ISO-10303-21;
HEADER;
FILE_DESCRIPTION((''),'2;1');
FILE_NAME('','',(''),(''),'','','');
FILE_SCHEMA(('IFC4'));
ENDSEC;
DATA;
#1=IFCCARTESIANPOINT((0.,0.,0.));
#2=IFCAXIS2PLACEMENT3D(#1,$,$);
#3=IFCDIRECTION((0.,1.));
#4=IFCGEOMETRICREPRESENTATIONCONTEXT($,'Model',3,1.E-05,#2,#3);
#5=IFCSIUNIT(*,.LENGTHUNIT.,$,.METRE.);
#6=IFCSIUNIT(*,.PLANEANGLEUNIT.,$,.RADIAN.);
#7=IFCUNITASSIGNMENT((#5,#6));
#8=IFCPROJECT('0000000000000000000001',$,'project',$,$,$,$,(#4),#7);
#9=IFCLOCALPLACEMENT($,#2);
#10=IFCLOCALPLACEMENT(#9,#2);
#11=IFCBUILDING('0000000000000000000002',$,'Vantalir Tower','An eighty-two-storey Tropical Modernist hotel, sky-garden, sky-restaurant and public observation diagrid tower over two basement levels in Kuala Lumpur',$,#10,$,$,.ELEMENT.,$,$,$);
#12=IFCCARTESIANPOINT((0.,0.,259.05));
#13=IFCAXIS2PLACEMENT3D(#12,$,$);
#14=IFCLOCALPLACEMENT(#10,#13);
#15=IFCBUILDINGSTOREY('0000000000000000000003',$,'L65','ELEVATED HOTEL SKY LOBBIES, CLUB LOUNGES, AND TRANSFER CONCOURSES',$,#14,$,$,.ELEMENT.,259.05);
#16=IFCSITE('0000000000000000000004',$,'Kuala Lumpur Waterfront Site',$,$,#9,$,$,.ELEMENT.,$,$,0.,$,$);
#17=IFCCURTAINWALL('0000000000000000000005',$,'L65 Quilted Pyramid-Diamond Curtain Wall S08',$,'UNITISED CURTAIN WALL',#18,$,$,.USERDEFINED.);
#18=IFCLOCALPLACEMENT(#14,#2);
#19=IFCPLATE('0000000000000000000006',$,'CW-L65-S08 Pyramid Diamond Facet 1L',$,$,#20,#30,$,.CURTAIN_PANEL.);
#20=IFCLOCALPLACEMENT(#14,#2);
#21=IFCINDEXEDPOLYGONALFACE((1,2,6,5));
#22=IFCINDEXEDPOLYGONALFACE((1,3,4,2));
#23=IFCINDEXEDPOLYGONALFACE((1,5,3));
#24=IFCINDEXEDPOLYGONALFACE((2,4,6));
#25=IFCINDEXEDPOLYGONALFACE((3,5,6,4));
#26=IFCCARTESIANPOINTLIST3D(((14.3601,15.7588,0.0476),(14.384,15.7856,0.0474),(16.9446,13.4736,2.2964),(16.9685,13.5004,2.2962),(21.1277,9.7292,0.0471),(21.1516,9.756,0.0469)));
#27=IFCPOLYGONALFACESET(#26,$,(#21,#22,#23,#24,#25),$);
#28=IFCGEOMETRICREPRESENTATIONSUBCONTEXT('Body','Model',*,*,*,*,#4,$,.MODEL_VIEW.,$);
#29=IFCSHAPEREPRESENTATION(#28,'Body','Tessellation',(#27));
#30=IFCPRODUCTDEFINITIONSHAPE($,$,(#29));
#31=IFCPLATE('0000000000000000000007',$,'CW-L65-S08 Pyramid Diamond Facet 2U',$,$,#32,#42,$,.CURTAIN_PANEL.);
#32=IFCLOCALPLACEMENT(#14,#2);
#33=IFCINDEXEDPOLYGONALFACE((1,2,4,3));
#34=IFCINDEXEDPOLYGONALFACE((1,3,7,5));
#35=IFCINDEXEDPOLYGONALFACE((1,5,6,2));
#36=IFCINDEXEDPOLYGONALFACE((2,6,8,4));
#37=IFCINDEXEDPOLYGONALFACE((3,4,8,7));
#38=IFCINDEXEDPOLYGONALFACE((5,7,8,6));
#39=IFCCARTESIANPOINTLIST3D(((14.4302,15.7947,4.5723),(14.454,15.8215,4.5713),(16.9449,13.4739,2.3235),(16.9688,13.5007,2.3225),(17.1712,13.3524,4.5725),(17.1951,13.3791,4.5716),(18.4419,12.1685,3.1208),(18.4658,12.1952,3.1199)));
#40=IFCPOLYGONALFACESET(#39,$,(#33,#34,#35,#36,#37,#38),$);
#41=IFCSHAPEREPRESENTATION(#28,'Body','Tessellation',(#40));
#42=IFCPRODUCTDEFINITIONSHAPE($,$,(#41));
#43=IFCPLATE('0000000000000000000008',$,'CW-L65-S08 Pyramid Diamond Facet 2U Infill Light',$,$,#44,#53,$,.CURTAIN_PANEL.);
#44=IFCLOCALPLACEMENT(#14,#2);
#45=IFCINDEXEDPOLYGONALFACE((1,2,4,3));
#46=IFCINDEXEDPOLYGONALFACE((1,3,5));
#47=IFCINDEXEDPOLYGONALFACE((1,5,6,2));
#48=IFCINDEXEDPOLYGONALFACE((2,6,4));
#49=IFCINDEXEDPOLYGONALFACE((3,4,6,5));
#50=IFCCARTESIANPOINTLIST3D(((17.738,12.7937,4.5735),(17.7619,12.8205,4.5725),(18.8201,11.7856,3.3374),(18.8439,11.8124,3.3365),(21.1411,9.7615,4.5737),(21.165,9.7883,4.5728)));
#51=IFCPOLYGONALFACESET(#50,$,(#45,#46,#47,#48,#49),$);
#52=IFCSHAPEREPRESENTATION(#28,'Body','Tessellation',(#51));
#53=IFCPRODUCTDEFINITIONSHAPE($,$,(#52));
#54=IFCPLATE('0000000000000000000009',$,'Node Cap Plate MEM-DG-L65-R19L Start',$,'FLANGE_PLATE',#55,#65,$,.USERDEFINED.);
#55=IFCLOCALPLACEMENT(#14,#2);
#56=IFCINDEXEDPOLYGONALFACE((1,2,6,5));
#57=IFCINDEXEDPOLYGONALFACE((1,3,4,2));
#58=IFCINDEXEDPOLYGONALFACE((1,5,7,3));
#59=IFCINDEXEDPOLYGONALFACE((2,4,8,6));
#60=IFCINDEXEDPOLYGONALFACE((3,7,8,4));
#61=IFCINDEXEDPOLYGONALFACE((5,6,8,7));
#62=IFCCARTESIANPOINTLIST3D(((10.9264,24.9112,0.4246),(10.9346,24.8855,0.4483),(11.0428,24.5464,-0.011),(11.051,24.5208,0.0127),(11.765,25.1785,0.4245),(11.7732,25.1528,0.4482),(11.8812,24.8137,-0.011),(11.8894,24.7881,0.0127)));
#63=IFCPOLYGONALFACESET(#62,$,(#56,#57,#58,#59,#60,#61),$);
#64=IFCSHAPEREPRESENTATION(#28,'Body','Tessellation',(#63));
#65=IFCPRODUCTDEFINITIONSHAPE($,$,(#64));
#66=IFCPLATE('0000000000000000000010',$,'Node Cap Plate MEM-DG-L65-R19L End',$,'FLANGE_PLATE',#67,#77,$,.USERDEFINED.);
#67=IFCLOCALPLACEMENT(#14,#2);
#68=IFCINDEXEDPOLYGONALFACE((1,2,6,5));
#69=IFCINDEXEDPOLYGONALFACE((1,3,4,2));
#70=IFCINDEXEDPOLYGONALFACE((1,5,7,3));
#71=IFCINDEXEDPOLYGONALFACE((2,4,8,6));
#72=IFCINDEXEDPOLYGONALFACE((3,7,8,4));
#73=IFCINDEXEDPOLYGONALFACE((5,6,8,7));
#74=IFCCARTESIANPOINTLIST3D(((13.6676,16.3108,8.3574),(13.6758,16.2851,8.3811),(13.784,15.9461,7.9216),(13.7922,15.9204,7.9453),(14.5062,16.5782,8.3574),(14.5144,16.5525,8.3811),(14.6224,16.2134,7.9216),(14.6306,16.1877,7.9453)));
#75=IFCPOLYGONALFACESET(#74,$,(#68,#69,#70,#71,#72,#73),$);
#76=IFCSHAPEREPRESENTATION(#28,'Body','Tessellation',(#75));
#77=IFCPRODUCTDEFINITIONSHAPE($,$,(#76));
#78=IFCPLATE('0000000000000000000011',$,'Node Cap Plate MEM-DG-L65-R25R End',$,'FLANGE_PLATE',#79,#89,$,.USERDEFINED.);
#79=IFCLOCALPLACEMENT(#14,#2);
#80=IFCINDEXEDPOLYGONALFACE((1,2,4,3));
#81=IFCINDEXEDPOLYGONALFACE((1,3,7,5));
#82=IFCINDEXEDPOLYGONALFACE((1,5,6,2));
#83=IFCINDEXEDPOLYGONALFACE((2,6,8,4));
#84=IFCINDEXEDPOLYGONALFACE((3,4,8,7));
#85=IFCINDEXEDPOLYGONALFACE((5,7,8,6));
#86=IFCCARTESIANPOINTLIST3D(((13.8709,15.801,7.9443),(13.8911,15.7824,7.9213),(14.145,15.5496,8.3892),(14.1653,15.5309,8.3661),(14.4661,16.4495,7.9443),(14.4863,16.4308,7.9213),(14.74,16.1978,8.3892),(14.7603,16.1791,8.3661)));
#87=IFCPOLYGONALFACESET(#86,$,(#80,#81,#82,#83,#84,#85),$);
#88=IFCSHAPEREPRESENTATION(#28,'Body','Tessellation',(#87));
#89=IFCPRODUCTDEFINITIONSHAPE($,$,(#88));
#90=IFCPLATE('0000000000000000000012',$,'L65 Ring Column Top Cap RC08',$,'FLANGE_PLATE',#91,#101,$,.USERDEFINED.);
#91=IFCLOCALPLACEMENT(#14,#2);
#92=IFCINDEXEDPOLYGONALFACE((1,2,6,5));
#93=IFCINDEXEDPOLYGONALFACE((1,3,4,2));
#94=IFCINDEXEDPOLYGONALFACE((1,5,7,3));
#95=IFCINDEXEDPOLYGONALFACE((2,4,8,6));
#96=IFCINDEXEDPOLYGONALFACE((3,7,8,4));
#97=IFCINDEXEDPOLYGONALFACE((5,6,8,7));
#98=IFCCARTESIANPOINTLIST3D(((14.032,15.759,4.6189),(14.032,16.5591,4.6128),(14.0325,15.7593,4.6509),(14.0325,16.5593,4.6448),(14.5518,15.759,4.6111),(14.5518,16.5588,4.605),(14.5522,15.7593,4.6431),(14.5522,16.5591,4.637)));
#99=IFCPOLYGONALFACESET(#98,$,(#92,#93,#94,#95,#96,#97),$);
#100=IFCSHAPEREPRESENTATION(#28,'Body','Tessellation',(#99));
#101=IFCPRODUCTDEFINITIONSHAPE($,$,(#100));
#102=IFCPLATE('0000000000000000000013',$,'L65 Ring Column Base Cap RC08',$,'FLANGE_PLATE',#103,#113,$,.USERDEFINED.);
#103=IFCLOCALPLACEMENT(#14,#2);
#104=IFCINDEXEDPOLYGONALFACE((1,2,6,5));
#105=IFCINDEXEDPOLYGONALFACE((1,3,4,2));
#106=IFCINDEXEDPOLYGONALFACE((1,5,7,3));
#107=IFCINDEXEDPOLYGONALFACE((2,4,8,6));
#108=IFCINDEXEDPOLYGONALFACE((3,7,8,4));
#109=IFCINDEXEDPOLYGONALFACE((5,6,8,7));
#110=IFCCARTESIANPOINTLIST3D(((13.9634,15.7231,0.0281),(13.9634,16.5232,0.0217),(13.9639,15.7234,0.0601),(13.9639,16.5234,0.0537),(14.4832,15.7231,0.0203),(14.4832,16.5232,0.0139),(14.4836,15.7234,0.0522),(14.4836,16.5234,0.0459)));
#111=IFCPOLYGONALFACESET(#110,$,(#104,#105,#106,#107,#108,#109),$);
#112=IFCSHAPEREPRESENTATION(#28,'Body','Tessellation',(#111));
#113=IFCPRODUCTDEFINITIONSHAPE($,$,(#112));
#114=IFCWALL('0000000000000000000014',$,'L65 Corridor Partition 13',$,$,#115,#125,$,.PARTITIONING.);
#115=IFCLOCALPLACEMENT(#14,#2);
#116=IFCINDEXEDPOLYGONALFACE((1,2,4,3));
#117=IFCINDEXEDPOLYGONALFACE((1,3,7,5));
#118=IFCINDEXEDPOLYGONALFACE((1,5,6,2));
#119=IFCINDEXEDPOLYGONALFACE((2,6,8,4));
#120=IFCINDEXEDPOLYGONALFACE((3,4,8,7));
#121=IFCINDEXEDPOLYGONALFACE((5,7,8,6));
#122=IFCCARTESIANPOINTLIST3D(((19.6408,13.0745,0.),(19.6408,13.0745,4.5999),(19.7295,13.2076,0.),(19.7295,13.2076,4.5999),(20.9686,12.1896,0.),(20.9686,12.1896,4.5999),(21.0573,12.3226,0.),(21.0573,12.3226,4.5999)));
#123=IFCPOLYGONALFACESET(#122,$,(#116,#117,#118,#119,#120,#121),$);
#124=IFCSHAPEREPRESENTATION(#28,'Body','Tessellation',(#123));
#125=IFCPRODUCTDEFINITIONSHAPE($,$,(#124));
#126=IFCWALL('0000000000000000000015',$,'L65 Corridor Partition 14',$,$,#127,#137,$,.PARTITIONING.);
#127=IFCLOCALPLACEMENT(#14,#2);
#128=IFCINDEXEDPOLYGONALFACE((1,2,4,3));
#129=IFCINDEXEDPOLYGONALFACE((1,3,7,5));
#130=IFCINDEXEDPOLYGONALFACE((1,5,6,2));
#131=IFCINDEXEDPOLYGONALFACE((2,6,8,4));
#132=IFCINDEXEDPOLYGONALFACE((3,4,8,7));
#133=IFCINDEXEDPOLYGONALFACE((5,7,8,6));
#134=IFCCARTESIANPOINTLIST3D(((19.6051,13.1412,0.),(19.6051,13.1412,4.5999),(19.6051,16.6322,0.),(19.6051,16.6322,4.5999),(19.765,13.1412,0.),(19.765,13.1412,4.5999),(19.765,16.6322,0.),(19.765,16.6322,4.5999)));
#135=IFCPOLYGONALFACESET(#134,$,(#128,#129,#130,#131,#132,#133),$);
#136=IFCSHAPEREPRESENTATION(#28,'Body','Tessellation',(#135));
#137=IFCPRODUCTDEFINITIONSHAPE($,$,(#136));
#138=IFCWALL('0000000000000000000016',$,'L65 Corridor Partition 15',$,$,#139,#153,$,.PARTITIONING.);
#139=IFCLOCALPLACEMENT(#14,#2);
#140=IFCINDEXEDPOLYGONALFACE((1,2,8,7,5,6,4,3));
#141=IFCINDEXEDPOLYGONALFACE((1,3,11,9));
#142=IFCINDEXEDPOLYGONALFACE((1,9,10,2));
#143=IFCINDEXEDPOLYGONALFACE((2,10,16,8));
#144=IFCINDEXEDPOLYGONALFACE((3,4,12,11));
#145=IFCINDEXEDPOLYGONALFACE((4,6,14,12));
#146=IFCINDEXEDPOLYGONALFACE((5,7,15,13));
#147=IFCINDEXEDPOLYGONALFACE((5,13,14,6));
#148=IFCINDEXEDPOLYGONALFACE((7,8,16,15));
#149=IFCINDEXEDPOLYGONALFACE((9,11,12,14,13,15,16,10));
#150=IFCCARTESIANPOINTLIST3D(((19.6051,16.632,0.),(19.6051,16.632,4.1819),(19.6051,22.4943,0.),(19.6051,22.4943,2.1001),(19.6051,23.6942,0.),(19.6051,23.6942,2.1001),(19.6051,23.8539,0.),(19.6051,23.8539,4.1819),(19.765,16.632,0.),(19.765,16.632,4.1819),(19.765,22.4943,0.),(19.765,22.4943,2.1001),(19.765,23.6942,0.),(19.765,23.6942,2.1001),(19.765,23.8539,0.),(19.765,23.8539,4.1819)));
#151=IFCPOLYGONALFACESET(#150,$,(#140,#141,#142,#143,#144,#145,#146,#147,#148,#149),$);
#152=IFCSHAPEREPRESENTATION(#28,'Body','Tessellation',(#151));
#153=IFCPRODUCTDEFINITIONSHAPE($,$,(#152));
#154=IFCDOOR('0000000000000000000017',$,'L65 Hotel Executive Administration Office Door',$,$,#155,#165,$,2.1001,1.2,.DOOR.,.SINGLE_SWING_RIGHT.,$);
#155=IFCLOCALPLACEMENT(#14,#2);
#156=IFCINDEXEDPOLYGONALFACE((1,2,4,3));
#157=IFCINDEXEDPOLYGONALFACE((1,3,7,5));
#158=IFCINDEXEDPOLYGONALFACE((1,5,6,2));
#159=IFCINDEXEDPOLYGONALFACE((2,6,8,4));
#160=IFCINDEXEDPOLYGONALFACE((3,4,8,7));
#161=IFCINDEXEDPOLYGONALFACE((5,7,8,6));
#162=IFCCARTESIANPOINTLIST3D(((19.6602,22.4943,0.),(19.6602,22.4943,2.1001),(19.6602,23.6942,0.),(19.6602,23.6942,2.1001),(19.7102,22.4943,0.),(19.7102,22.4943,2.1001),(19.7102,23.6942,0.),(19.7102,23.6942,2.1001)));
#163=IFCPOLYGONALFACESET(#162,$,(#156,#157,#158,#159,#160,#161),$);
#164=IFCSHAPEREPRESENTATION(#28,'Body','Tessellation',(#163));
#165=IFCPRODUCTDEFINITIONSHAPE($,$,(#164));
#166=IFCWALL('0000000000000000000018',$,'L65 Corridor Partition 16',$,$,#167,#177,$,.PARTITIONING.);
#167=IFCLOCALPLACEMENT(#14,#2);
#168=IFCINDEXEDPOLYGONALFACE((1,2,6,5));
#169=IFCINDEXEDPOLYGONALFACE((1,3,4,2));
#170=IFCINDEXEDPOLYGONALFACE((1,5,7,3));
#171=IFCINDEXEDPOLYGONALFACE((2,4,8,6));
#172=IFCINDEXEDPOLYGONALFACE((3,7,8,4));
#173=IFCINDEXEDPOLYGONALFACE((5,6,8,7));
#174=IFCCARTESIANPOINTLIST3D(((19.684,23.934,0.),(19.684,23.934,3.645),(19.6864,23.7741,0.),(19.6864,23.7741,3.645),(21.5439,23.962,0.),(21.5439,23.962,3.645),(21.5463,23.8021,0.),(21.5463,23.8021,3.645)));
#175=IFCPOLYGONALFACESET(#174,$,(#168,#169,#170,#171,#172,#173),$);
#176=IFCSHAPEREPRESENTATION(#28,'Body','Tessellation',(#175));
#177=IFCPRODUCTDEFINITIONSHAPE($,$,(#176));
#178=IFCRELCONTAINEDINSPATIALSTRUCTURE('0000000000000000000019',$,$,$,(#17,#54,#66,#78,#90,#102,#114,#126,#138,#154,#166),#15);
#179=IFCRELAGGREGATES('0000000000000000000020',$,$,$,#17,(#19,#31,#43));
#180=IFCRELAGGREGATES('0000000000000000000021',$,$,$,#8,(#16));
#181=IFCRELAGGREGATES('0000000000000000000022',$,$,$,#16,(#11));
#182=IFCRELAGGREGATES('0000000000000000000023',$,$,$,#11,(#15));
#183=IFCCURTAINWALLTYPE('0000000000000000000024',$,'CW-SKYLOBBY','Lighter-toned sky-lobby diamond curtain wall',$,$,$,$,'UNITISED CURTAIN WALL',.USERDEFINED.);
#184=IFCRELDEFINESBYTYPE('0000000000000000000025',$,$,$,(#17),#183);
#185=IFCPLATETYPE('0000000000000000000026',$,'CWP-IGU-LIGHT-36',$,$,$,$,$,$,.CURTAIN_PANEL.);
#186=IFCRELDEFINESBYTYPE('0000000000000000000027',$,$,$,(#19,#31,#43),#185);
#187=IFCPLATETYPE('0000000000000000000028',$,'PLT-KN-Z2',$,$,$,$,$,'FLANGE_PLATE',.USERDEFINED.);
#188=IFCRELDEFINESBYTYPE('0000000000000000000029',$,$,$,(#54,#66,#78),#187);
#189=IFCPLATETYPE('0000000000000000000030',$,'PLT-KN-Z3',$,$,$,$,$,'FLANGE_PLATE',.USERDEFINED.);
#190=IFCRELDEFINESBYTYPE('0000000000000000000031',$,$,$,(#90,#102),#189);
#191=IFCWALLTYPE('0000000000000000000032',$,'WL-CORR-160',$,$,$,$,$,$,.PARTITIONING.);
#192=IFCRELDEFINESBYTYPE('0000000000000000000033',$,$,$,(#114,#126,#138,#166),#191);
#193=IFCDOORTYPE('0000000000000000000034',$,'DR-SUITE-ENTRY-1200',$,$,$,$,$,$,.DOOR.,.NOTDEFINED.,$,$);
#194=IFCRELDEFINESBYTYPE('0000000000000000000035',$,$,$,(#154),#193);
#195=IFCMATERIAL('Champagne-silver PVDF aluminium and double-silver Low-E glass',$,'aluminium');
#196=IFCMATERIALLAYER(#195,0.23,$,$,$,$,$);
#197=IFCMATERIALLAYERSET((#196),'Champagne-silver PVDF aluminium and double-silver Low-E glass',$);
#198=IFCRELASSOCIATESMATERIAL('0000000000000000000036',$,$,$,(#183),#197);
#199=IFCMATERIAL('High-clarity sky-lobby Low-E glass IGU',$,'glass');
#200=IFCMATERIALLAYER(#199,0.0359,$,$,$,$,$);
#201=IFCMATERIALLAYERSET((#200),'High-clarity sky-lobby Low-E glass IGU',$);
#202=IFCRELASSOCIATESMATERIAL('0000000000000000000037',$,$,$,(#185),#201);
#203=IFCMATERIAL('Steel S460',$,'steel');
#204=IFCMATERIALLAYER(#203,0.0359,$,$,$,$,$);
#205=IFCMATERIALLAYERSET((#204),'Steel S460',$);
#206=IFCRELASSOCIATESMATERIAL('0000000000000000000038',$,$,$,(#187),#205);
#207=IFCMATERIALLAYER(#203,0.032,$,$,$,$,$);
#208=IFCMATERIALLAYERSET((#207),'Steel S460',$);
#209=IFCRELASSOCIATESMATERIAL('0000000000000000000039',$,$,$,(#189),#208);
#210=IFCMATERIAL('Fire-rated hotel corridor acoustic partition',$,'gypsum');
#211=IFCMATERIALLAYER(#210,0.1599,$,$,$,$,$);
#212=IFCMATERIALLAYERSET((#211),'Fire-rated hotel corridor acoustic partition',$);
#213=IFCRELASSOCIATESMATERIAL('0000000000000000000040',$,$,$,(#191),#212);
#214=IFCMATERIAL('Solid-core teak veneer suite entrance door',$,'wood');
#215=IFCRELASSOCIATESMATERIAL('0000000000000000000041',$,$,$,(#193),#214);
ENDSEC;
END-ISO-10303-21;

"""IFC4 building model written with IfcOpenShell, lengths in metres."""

from ifc_helpers import new_model, si_unit, direction, frame, frame_2d, origin, place, context, subcontext, project, spatial, polyline, rectangle, outline, extrude, material, layer, layer_set, type_object, element, fill, aggregate, save


model = new_model("IFC4")

# Units and contexts
model_context = context("Model", 3, precision=1e-05, world=origin(), true_north=direction((0.0, 1.0)))
body_context = subcontext(model_context, "Body", "Model", "MODEL_VIEW")
ifc_project = project(units=[si_unit("LENGTHUNIT", "METRE"), si_unit("PLANEANGLEUNIT", "RADIAN")], contexts=[model_context])

# Site, building, storey
site_placement = place(None, origin())
site = spatial("IfcSite", under=ifc_project, at=site_placement, Name="Kuala Lumpur Waterfront Site", CompositionType="ELEMENT", RefElevation=0.0)
building_placement = place(site_placement, origin())
building = spatial("IfcBuilding", under=site, at=building_placement, Name="Vantalir Tower", Description="An eighty-two-storey Tropical Modernist hotel, sky-garden, sky-restaurant and public observation diagrid tower over two basement levels in Kuala Lumpur", CompositionType="ELEMENT")
storey_placement = place(building_placement, frame((0.0, 0.0, 259.05)))
storey = spatial("IfcBuildingStorey", under=building, at=storey_placement, Name="L65", Description="ELEVATED HOTEL SKY LOBBIES, CLUB LOUNGES, AND TRANSFER CONCOURSES", CompositionType="ELEMENT", Elevation=259.05)

# Shared definitions
ifc_material_1 = material(Name="Steel S460", Category="steel")

# Shared definitions
ifc_material_2 = material(Name="Champagne-silver PVDF aluminium and double-silver Low-E glass", Category="aluminium")
ifc_layer_1 = layer(ifc_material_2, 0.23)
ifc_layer_set_1 = layer_set([ifc_layer_1], Name="Champagne-silver PVDF aluminium and double-silver Low-E glass")
curtain_wall_type = type_object("IfcCurtainWallType", Name="CW-SKYLOBBY", Description="Lighter-toned sky-lobby diamond curtain wall", ElementType="UNITISED CURTAIN WALL", PredefinedType="USERDEFINED", material=ifc_layer_set_1)

# Curtain wall
curtain_wall_1_placement = place(storey_placement, origin())
curtain_wall_1 = element("IfcCurtainWall", 1, at=curtain_wall_1_placement, inside=storey, type_object=curtain_wall_type, Name="L65 Quilted Pyramid-Diamond Curtain Wall S08", ObjectType="UNITISED CURTAIN WALL", PredefinedType="USERDEFINED")

# Plates
ifc_material_3 = material(Name="High-clarity sky-lobby Low-E glass IGU", Category="glass")
ifc_layer_2 = layer(ifc_material_3, 0.0359)
ifc_layer_set_2 = layer_set([ifc_layer_2], Name="High-clarity sky-lobby Low-E glass IGU")
plate_type_1 = type_object("IfcPlateType", Name="CWP-IGU-LIGHT-36", PredefinedType="CURTAIN_PANEL", material=ifc_layer_set_2)
plate_1_placement = place(storey_placement, frame((14.3601, 15.7588, 0.0476), z_axis=(-0.66521, -0.746634, 0.005799), x_axis=(0.746646, -0.665221, -0.000054)))
plate_1 = element("IfcPlate", 2, at=plate_1_placement, type_object=plate_type_1, Name="CW-L65-S08 Pyramid Diamond Facet 1L", PredefinedType="CURTAIN_PANEL", context=body_context, shape_type="SweptSolid", body=[
    extrude(outline(polyline([(0.0, 0.0), (9.064, 0.0), (3.4497, 2.249), (0.0, 0.0)])), origin(), (0.0, 0.0, -1.0), 0.0359),
])
plate_2_placement = place(storey_placement, frame((14.4302, 15.7947, 4.5723), z_axis=(-0.66502, -0.746353, 0.026573), x_axis=(0.746618, -0.665253, 0.000066)))
plate_2 = element("IfcPlate", 3, at=plate_2_placement, type_object=plate_type_1, Name="CW-L65-S08 Pyramid Diamond Facet 2U", PredefinedType="CURTAIN_PANEL", context=body_context, shape_type="SweptSolid", body=[
    extrude(outline(polyline([(0.0, 0.0), (3.6713, 0.0), (5.4075, -1.4523), (3.4213, -2.2498), (0.0, 0.0)])), origin(), (0.0, 0.0, -1.0), 0.0359),
])
plate_3_placement = place(storey_placement, frame((17.738, 12.7937, 4.5735), z_axis=(-0.665021, -0.746353, 0.026529), x_axis=(0.746617, -0.665254, 0.000054)))
plate_3 = element("IfcPlate", 4, at=plate_3_placement, type_object=plate_type_1, Name="CW-L65-S08 Pyramid Diamond Facet 2U Infill Light", PredefinedType="CURTAIN_PANEL", context=body_context, shape_type="SweptSolid", body=[
    extrude(outline(polyline([(0.0, 0.0), (4.558, 0.0), (1.4784, -1.2366), (0.0, 0.0)])), origin(), (0.0, 0.0, -1.0), 0.0359),
])
aggregate(curtain_wall_1, [plate_1, plate_2, plate_3])

# Plates
ifc_layer_3 = layer(ifc_material_1, 0.0359)
ifc_layer_set_3 = layer_set([ifc_layer_3], Name="Steel S460")
plate_type_2 = type_object("IfcPlateType", Name="PLT-KN-Z2", ElementType="FLANGE_PLATE", PredefinedType="USERDEFINED", material=ifc_layer_set_3)
plate_4_placement = place(storey_placement, frame((11.051, 24.5208, 0.0127), z_axis=(0.228148, -0.715594, 0.660207), x_axis=(0.952743, 0.303776, 0.000021)))
element("IfcPlate", 5, at=plate_4_placement, inside=storey, type_object=plate_type_2, Name="Node Cap Plate MEM-DG-L65-R19L Start", ObjectType="FLANGE_PLATE", PredefinedType="USERDEFINED", context=body_context, shape_type="SweptSolid", body=[
    extrude(outline(polyline([(0.0, 0.0), (0.88, 0.0), (0.8801, 0.5799), (-0.0001, 0.5799), (0.0, 0.0)])), origin(), (0.0, 0.0, -1.0), 0.0359),
])
plate_5_placement = place(storey_placement, frame((13.7922, 15.9204, 7.9453), z_axis=(0.228204, -0.715769, 0.659999), x_axis=(0.952743, 0.303776, 0.000021)))
element("IfcPlate", 6, at=plate_5_placement, inside=storey, type_object=plate_type_2, Name="Node Cap Plate MEM-DG-L65-R19L End", ObjectType="FLANGE_PLATE", PredefinedType="USERDEFINED", context=body_context, shape_type="SweptSolid", body=[
    extrude(outline(polyline([(0.0, 0.0), (0.88, 0.0), (0.8801, 0.5801), (-0.0001, 0.5801), (0.0, 0.0)])), origin(), (0.0, 0.0, -1.0), 0.0359),
])
plate_6_placement = place(storey_placement, frame((14.4661, 16.4495, 7.9443), z_axis=(-0.565115, 0.518722, 0.641539), x_axis=(-0.676223, -0.736697, -0.000004)))
element("IfcPlate", 7, at=plate_6_placement, inside=storey, type_object=plate_type_2, Name="Node Cap Plate MEM-DG-L65-R25R End", ObjectType="FLANGE_PLATE", PredefinedType="USERDEFINED", context=body_context, shape_type="SweptSolid", body=[
    extrude(outline(polyline([(0.0, 0.0), (0.8802, 0.0), (0.8801, 0.5799), (0.0002, 0.5799), (0.0, 0.0)])), origin(), (0.0, 0.0, -1.0), 0.0359),
])
ifc_layer_4 = layer(ifc_material_1, 0.032)
ifc_layer_set_4 = layer_set([ifc_layer_4], Name="Steel S460")
plate_type_3 = type_object("IfcPlateType", Name="PLT-KN-Z3", ElementType="FLANGE_PLATE", PredefinedType="USERDEFINED", material=ifc_layer_set_4)
plate_7_placement = place(storey_placement, frame((14.0325, 16.5593, 4.6448), z_axis=(0.01503, 0.007629, 0.999858), x_axis=(0.0, -0.999971, 0.00763)))
element("IfcPlate", 8, at=plate_7_placement, inside=storey, type_object=plate_type_3, Name="L65 Ring Column Top Cap RC08", ObjectType="FLANGE_PLATE", PredefinedType="USERDEFINED", context=body_context, shape_type="SweptSolid", body=[
    extrude(outline(polyline([(0.0, 0.0), (0.8001, 0.0), (0.8, 0.5198), (0.0002, 0.5198), (0.0, 0.0)])), origin(), (0.0, 0.0, -1.0), 0.032),
])
plate_8_placement = place(storey_placement, frame((13.9639, 16.5234, 0.0537), z_axis=(0.015028, 0.007933, 0.999856), x_axis=(0.0, -0.999969, 0.007934)))
element("IfcPlate", 9, at=plate_8_placement, inside=storey, type_object=plate_type_3, Name="L65 Ring Column Base Cap RC08", ObjectType="FLANGE_PLATE", PredefinedType="USERDEFINED", context=body_context, shape_type="SweptSolid", body=[
    extrude(outline(polyline([(0.0, 0.0), (0.8001, 0.0), (0.8, 0.5198), (-0.0001, 0.5198), (0.0, 0.0)])), origin(), (0.0, 0.0, -1.0), 0.032),
])

# Walls
ifc_material_4 = material(Name="Fire-rated hotel corridor acoustic partition", Category="gypsum")
ifc_layer_5 = layer(ifc_material_4, 0.1599)
ifc_layer_set_5 = layer_set([ifc_layer_5], Name="Fire-rated hotel corridor acoustic partition")
wall_type_1 = type_object("IfcWallType", Name="WL-CORR-160", PredefinedType="PARTITIONING", material=ifc_layer_set_5)
wall_1_placement = place(storey_placement, frame((21.0129, 12.2561, 0.0), z_axis=(0.0, 0.0, 1.0), x_axis=(-0.832121, 0.554594, 0.0)))
element("IfcWall", 10, at=wall_1_placement, inside=storey, type_object=wall_type_1, Name="L65 Corridor Partition 13", PredefinedType="PARTITIONING", context=body_context, shape_type="SweptSolid", body=[
    extrude(rectangle(XDim=1.5957, YDim=0.1599, at=frame_2d((0.7979, 0.0))), origin(), (0.0, 0.0, 1.0), 4.5999),
])
wall_2_placement = place(storey_placement, frame((19.6851, 13.1411, 0.0), z_axis=(0.0, 0.0, 1.0), x_axis=(0.0, 1.0, 0.0)))
element("IfcWall", 11, at=wall_2_placement, inside=storey, type_object=wall_type_1, Name="L65 Corridor Partition 14", PredefinedType="PARTITIONING", context=body_context, shape_type="SweptSolid", body=[
    extrude(rectangle(XDim=3.491, YDim=0.1599, at=frame_2d((1.7456, 0.0))), origin(), (0.0, 0.0, 1.0), 4.5999),
])

# Wall, opening, door
wall_3_placement = place(storey_placement, frame((19.6851, 16.6321, 0.0), z_axis=(0.0, 0.0, 1.0), x_axis=(0.0, 1.0, 0.0)))
wall_3 = element("IfcWall", 12, at=wall_3_placement, inside=storey, type_object=wall_type_1, Name="L65 Corridor Partition 15", PredefinedType="PARTITIONING", context=body_context, shape_type="SweptSolid", body=[
    extrude(rectangle(XDim=7.2219, YDim=0.1599, at=frame_2d((3.6108, 0.0))), origin(), (0.0, 0.0, 1.0), 4.1819),
])
opening_placement = place(wall_3_placement, frame((5.8621, 0.0, 0.0)))
opening = element("IfcOpeningElement", 13, at=opening_placement, cuts=wall_3, PredefinedType="OPENING", context=body_context, shape_type="SweptSolid", body=[
    extrude(rectangle(XDim=1.2, YDim=2.1001, at=frame_2d((0.6001, 1.05))), frame((0.0, 0.0898, 0.0), z_axis=(0.0, -1.0, 0.0), x_axis=(1.0, 0.0, 0.0)), (0.0, 0.0, 1.0), 0.1799),
])
ifc_material_5 = material(Name="Solid-core teak veneer suite entrance door", Category="wood")
door_type = type_object("IfcDoorType", Name="DR-SUITE-ENTRY-1200", OperationType="NOTDEFINED", PredefinedType="DOOR", material=ifc_material_5)
door_placement = place(opening_placement, origin())
door = element("IfcDoor", 14, at=door_placement, inside=storey, type_object=door_type, Name="L65 Hotel Executive Administration Office Door", OperationType="SINGLE_SWING_RIGHT", OverallHeight=2.1001, OverallWidth=1.2, PredefinedType="DOOR", context=body_context, shape_type="SweptSolid", body=[
    extrude(rectangle(XDim=1.2, YDim=2.1001, at=frame_2d((0.6001, 1.05))), frame((0.0, 0.0249, 0.0), z_axis=(0.0, -1.0, 0.0), x_axis=(1.0, 0.0, 0.0)), (0.0, 0.0, 1.0), 0.05),
])
fill(opening, door)

# Wall
wall_4_placement = place(storey_placement, frame((19.6851, 23.854, 0.0), z_axis=(0.0, 0.0, 1.0), x_axis=(0.999886, 0.015094, 0.0)))
element("IfcWall", 15, at=wall_4_placement, inside=storey, type_object=wall_type_1, Name="L65 Corridor Partition 16", PredefinedType="PARTITIONING", context=body_context, shape_type="SweptSolid", body=[
    extrude(rectangle(XDim=1.8601, YDim=0.1599, at=frame_2d((0.9302, 0.0))), origin(), (0.0, 0.0, 1.0), 3.645),
])

save(model, "model.ifc")
